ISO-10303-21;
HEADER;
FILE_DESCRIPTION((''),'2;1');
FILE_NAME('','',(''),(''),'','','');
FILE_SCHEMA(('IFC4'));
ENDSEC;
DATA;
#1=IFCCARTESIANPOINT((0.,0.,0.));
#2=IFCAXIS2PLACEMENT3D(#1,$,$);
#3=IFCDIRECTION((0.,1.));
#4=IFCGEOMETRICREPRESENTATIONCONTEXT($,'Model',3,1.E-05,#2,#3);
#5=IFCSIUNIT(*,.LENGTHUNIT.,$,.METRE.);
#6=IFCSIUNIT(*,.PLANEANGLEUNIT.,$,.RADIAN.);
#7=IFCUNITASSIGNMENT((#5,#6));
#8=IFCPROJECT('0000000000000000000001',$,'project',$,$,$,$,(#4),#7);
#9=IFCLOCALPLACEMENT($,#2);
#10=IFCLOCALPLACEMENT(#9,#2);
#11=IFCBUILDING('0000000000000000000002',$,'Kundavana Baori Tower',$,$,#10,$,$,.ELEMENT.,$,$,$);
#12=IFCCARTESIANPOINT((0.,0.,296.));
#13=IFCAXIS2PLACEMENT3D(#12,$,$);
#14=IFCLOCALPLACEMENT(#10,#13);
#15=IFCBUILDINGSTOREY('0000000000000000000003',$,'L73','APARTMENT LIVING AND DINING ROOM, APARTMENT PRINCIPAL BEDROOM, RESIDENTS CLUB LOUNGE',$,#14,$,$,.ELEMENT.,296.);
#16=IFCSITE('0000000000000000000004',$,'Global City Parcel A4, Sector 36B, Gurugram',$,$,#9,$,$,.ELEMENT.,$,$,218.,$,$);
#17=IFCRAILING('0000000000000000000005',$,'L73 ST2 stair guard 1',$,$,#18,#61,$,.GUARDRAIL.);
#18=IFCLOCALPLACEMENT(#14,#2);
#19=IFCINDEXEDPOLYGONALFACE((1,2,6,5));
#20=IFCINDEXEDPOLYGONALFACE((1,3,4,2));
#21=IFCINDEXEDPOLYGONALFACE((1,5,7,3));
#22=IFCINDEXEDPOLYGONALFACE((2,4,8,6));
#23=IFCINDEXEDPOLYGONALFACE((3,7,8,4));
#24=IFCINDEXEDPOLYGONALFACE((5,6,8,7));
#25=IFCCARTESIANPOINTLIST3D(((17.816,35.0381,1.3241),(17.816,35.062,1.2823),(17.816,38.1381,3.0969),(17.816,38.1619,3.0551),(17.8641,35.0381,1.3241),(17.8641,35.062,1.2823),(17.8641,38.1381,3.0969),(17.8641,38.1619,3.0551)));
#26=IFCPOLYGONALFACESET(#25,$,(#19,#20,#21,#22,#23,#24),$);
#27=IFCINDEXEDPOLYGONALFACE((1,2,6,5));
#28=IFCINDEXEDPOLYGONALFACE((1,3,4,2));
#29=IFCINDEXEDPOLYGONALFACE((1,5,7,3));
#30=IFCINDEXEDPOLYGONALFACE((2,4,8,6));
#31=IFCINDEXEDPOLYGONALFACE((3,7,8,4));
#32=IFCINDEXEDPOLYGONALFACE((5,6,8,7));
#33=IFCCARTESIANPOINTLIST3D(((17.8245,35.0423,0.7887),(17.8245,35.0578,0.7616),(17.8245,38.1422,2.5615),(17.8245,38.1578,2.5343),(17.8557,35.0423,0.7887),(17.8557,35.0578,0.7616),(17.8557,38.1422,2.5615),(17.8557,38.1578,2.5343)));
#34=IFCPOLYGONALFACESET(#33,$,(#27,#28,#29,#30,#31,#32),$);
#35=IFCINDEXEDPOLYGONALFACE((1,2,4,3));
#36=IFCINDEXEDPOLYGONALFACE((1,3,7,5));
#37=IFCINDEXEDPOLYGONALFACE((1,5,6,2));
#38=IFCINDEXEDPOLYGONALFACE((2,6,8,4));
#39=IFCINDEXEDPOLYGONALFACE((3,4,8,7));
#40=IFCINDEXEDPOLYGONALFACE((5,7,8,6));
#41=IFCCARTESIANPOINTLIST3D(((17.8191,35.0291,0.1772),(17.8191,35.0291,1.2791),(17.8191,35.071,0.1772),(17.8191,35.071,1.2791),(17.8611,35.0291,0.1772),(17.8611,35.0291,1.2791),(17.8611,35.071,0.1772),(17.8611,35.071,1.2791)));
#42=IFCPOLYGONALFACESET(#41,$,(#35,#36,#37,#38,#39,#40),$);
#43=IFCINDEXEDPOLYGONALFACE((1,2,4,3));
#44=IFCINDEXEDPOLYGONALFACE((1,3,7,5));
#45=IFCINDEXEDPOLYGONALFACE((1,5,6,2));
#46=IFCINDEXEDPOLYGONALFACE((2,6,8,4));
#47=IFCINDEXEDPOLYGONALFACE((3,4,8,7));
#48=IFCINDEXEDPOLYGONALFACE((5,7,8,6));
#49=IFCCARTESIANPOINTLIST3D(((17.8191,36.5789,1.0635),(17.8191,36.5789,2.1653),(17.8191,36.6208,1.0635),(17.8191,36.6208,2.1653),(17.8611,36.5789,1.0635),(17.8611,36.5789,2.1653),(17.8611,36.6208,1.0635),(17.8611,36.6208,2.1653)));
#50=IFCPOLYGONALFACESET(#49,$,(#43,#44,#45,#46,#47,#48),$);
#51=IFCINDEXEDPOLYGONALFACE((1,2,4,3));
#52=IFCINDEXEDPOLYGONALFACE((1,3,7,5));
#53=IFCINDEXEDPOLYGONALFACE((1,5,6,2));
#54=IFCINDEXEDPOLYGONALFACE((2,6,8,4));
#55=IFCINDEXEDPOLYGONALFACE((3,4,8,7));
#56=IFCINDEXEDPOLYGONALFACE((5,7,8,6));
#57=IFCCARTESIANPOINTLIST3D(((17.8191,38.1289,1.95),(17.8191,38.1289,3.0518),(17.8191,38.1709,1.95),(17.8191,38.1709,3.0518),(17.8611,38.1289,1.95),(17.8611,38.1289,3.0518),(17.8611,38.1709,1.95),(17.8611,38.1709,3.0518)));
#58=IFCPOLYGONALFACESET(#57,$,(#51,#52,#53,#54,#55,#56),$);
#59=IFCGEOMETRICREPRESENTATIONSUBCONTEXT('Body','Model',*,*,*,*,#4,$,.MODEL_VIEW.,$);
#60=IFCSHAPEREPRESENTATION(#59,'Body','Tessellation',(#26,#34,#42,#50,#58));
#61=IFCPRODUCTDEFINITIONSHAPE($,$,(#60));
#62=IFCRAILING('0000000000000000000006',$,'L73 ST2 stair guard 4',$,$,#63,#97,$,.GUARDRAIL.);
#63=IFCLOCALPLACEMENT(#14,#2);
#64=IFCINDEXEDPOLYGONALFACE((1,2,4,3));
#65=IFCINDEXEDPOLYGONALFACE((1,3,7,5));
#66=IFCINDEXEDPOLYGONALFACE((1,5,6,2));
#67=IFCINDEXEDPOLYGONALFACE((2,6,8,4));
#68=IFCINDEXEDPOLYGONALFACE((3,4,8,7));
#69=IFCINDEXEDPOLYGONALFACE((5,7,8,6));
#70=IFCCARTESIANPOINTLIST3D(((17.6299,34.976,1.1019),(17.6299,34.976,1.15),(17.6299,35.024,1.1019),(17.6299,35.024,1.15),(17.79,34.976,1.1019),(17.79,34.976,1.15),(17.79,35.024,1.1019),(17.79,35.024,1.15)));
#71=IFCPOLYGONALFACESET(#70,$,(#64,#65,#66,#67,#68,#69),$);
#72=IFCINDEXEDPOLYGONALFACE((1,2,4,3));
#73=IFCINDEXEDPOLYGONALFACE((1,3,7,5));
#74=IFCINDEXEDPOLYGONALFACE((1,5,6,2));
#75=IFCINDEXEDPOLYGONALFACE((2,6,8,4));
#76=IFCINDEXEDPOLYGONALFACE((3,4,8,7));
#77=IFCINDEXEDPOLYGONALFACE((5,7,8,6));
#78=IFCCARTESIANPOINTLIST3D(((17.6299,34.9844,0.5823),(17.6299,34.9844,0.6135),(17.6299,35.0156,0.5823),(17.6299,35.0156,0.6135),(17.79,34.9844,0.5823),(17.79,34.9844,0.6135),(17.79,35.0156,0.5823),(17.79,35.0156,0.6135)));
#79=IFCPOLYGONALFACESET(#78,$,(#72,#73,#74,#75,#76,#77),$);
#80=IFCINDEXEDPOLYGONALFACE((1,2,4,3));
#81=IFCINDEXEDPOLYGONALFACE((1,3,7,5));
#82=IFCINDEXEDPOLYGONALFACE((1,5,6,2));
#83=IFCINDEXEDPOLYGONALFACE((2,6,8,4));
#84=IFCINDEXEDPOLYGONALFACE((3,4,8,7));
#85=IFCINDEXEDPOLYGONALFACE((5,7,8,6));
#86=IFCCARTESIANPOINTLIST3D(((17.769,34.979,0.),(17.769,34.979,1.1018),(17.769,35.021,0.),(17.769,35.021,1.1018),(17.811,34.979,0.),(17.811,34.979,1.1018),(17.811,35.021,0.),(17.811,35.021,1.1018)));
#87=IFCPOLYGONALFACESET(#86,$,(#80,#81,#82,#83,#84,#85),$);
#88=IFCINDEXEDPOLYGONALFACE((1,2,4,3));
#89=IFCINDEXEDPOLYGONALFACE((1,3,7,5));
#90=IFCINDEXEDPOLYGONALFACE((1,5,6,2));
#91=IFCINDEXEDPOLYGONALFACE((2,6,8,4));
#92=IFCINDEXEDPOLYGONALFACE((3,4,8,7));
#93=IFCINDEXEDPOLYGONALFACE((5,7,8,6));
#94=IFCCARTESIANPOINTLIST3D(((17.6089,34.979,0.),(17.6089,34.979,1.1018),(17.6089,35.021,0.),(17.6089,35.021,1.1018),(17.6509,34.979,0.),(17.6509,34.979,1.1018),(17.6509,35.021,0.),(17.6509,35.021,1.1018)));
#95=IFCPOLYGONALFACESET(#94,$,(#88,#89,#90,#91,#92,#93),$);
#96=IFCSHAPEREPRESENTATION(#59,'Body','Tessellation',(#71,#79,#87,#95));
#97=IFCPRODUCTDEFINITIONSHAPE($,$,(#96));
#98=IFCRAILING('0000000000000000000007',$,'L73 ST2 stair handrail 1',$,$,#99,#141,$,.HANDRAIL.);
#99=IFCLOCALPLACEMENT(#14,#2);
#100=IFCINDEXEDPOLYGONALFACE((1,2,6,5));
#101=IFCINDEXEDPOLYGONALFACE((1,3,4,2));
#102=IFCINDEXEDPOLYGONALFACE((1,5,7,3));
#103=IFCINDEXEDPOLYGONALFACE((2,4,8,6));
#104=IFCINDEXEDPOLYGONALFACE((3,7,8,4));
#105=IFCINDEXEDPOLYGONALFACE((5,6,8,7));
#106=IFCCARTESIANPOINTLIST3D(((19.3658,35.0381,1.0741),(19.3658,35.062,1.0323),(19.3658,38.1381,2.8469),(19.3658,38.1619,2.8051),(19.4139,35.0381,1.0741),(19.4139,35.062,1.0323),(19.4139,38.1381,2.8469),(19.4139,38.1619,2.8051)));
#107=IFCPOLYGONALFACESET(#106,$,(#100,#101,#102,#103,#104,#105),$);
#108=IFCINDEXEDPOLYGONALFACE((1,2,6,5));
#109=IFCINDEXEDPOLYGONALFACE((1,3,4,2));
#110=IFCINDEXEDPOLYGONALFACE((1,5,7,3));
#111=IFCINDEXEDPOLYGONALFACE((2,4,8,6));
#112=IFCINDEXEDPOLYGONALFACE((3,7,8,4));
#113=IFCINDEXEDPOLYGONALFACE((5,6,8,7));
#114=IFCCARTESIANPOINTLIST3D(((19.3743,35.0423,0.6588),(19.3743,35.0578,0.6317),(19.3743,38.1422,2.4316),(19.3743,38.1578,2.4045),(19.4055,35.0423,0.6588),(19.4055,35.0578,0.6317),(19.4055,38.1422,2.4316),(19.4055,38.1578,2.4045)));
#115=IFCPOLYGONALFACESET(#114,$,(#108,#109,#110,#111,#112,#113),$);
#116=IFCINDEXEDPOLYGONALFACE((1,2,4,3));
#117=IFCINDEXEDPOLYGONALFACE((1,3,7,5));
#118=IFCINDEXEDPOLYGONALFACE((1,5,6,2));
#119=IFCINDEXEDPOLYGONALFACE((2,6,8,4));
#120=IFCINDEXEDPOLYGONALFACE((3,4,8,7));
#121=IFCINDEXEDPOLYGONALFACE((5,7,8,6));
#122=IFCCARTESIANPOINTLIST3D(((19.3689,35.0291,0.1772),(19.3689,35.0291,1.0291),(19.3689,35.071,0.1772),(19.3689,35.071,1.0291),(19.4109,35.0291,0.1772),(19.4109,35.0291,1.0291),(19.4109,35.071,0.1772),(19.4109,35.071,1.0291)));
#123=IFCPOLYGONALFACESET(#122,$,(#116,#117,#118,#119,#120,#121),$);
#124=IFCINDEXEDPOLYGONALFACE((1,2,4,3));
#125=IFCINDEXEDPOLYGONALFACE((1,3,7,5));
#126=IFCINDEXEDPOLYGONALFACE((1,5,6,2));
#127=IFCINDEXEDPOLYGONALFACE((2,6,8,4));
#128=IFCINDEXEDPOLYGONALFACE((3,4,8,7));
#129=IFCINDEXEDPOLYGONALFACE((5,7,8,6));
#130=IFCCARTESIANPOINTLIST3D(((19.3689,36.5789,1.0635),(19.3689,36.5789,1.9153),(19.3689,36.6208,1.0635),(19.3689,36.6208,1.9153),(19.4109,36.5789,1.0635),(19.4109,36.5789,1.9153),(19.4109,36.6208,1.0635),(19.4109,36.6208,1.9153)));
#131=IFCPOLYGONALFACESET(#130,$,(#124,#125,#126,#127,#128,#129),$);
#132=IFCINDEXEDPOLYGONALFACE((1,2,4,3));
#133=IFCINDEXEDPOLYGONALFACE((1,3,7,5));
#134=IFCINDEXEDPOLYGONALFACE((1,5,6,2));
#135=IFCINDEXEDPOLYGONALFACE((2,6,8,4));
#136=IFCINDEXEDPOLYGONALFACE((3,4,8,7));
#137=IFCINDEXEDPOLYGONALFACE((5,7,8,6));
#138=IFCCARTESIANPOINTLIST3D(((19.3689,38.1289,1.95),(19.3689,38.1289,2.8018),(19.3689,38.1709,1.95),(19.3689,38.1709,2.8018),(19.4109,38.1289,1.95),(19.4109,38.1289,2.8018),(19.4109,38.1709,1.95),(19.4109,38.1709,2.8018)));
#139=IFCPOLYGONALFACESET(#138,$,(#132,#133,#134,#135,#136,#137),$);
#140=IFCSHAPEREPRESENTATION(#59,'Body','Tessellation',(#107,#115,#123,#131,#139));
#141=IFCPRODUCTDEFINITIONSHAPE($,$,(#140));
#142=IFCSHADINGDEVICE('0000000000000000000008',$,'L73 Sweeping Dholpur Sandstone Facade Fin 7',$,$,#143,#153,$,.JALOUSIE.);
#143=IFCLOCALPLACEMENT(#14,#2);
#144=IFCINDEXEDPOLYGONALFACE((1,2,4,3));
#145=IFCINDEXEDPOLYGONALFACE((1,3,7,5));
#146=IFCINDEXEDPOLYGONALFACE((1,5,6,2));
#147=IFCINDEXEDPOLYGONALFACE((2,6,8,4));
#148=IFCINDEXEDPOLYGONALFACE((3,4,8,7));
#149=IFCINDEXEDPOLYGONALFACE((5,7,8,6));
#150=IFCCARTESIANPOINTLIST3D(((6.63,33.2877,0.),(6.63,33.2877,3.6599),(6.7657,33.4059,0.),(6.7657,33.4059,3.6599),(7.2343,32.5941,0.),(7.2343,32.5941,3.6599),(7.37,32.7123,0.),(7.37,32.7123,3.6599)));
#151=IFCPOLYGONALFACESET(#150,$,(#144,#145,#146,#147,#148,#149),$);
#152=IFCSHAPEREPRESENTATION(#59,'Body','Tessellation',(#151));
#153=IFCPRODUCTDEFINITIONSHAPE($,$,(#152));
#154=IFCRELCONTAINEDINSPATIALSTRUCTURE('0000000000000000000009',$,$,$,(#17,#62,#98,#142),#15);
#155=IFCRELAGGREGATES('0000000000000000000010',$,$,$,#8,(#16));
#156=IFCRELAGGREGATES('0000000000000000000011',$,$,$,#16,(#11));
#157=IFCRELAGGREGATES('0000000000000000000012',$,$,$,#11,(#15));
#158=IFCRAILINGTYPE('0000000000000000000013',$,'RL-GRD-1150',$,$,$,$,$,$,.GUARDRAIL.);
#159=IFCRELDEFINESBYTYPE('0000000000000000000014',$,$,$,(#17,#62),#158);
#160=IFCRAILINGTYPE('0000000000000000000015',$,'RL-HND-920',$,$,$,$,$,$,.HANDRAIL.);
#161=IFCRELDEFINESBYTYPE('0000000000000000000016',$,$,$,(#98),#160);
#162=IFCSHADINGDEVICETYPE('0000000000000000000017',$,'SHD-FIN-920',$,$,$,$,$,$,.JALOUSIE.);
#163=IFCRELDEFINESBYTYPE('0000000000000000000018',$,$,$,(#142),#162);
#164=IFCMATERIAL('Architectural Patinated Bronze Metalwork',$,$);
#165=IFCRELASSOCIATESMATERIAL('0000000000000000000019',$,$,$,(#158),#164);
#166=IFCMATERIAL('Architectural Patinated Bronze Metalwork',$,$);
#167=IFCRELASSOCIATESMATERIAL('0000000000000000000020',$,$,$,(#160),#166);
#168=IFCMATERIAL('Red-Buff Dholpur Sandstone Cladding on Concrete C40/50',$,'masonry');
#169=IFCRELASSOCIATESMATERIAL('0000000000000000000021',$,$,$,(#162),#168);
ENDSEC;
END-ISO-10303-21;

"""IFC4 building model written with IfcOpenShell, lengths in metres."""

from ifc_helpers import new_model, si_unit, direction, frame, origin, origin_2d, place, context, subcontext, project, spatial, rectangle, extrude, material, type_object, element, save


model = new_model("IFC4")

# Units and contexts
model_context = context("Model", 3, precision=1e-05, world=origin(), true_north=direction((0.0, 1.0)))
body_context = subcontext(model_context, "Body", "Model", "MODEL_VIEW")
ifc_project = project(units=[si_unit("LENGTHUNIT", "METRE"), si_unit("PLANEANGLEUNIT", "RADIAN")], contexts=[model_context])

# Site, building, storey
site_placement = place(None, origin())
site = spatial("IfcSite", under=ifc_project, at=site_placement, Name="Global City Parcel A4, Sector 36B, Gurugram", CompositionType="ELEMENT", RefElevation=218.0)
building_placement = place(site_placement, origin())
building = spatial("IfcBuilding", under=site, at=building_placement, Name="Kundavana Baori Tower", CompositionType="ELEMENT")
storey_placement = place(building_placement, frame((0.0, 0.0, 296.0)))
storey = spatial("IfcBuildingStorey", under=building, at=storey_placement, Name="L73", Description="APARTMENT LIVING AND DINING ROOM, APARTMENT PRINCIPAL BEDROOM, RESIDENTS CLUB LOUNGE", CompositionType="ELEMENT", Elevation=296.0)

# Railings
ifc_material_1 = material(Name="Architectural Patinated Bronze Metalwork")
railing_type_1 = type_object("IfcRailingType", Name="RL-GRD-1150", PredefinedType="GUARDRAIL", material=ifc_material_1)
railing_1_placement = place(storey_placement, frame((17.8401, 35.05, 0.1772)))
element("IfcRailing", 1, at=railing_1_placement, inside=storey, type_object=railing_type_1, Name="L73 ST2 stair guard 1", PredefinedType="GUARDRAIL", context=body_context, shape_type="SweptSolid", body=[
    extrude(rectangle(XDim=0.0481, YDim=0.0481, at=origin_2d()), frame((0.0, 0.0, 1.126), z_axis=(0.0, 0.868079, 0.496426), x_axis=(-1.0, 0.0, 0.0)), (0.0, 0.0, 1.0), 3.571),
    extrude(rectangle(XDim=0.0312, YDim=0.0312, at=origin_2d()), frame((0.0, 0.0, 0.5979), z_axis=(0.0, 0.868079, 0.496426), x_axis=(-1.0, 0.0, 0.0)), (0.0, 0.0, 1.0), 3.571),
    extrude(rectangle(XDim=0.042, YDim=0.042, at=origin_2d()), origin(), (0.0, 0.0, 1.0), 1.1018),
    extrude(rectangle(XDim=0.042, YDim=0.042, at=origin_2d()), frame((0.0, 1.5498, 0.8862)), (0.0, 0.0, 1.0), 1.1018),
    extrude(rectangle(XDim=0.042, YDim=0.042, at=origin_2d()), frame((0.0, 3.0999, 1.7727)), (0.0, 0.0, 1.0), 1.1018),
])
railing_2_placement = place(storey_placement, frame((17.79, 35.0, 0.0)))
element("IfcRailing", 2, at=railing_2_placement, inside=storey, type_object=railing_type_1, Name="L73 ST2 stair guard 4", PredefinedType="GUARDRAIL", context=body_context, shape_type="SweptSolid", body=[
    extrude(rectangle(XDim=0.0481, YDim=0.0481, at=origin_2d()), frame((0.0, 0.0, 1.126), z_axis=(-1.0, 0.0, 0.0), x_axis=(0.0, -1.0, 0.0)), (0.0, 0.0, 1.0), 0.1602),
    extrude(rectangle(XDim=0.0312, YDim=0.0312, at=origin_2d()), frame((0.0, 0.0, 0.5979), z_axis=(-1.0, 0.0, 0.0), x_axis=(0.0, -1.0, 0.0)), (0.0, 0.0, 1.0), 0.1602),
    extrude(rectangle(XDim=0.042, YDim=0.042, at=origin_2d()), origin(), (0.0, 0.0, 1.0), 1.1018),
    extrude(rectangle(XDim=0.042, YDim=0.042, at=origin_2d()), frame((-0.1602, 0.0, 0.0)), (0.0, 0.0, 1.0), 1.1018),
])
ifc_material_2 = material(Name="Architectural Patinated Bronze Metalwork")
railing_type_2 = type_object("IfcRailingType", Name="RL-HND-920", PredefinedType="HANDRAIL", material=ifc_material_2)
railing_3_placement = place(storey_placement, frame((19.3899, 35.05, 0.1772)))
element("IfcRailing", 3, at=railing_3_placement, inside=storey, type_object=railing_type_2, Name="L73 ST2 stair handrail 1", PredefinedType="HANDRAIL", context=body_context, shape_type="SweptSolid", body=[
    extrude(rectangle(XDim=0.0481, YDim=0.0481, at=origin_2d()), frame((0.0, 0.0, 0.876), z_axis=(0.0, 0.868079, 0.496426), x_axis=(-1.0, 0.0, 0.0)), (0.0, 0.0, 1.0), 3.571),
    extrude(rectangle(XDim=0.0312, YDim=0.0312, at=origin_2d()), frame((0.0, 0.0, 0.468), z_axis=(0.0, 0.868079, 0.496426), x_axis=(-1.0, 0.0, 0.0)), (0.0, 0.0, 1.0), 3.571),
    extrude(rectangle(XDim=0.042, YDim=0.042, at=origin_2d()), origin(), (0.0, 0.0, 1.0), 0.8518),
    extrude(rectangle(XDim=0.042, YDim=0.042, at=origin_2d()), frame((0.0, 1.5498, 0.8862)), (0.0, 0.0, 1.0), 0.8518),
    extrude(rectangle(XDim=0.042, YDim=0.042, at=origin_2d()), frame((0.0, 3.0999, 1.7727)), (0.0, 0.0, 1.0), 0.8518),
])

# Shading device
ifc_material_3 = material(Name="Red-Buff Dholpur Sandstone Cladding on Concrete C40/50", Category="masonry")
shading_device_type = type_object("IfcShadingDeviceType", Name="SHD-FIN-920", PredefinedType="JALOUSIE", material=ifc_material_3)
shading_device_placement = place(storey_placement, frame((7.0, 33.0, 0.0), z_axis=(0.0, 0.0, 1.0), x_axis=(0.754022, 0.656849, 0.0)))
element("IfcShadingDevice", 4, at=shading_device_placement, inside=storey, type_object=shading_device_type, Name="L73 Sweeping Dholpur Sandstone Facade Fin 7", PredefinedType="JALOUSIE", context=body_context, shape_type="SweptSolid", body=[
    extrude(rectangle(XDim=0.1799, YDim=0.9199, at=origin_2d()), origin(), (0.0, 0.0, 1.0), 3.6599),
])

save(model, "model.ifc")
